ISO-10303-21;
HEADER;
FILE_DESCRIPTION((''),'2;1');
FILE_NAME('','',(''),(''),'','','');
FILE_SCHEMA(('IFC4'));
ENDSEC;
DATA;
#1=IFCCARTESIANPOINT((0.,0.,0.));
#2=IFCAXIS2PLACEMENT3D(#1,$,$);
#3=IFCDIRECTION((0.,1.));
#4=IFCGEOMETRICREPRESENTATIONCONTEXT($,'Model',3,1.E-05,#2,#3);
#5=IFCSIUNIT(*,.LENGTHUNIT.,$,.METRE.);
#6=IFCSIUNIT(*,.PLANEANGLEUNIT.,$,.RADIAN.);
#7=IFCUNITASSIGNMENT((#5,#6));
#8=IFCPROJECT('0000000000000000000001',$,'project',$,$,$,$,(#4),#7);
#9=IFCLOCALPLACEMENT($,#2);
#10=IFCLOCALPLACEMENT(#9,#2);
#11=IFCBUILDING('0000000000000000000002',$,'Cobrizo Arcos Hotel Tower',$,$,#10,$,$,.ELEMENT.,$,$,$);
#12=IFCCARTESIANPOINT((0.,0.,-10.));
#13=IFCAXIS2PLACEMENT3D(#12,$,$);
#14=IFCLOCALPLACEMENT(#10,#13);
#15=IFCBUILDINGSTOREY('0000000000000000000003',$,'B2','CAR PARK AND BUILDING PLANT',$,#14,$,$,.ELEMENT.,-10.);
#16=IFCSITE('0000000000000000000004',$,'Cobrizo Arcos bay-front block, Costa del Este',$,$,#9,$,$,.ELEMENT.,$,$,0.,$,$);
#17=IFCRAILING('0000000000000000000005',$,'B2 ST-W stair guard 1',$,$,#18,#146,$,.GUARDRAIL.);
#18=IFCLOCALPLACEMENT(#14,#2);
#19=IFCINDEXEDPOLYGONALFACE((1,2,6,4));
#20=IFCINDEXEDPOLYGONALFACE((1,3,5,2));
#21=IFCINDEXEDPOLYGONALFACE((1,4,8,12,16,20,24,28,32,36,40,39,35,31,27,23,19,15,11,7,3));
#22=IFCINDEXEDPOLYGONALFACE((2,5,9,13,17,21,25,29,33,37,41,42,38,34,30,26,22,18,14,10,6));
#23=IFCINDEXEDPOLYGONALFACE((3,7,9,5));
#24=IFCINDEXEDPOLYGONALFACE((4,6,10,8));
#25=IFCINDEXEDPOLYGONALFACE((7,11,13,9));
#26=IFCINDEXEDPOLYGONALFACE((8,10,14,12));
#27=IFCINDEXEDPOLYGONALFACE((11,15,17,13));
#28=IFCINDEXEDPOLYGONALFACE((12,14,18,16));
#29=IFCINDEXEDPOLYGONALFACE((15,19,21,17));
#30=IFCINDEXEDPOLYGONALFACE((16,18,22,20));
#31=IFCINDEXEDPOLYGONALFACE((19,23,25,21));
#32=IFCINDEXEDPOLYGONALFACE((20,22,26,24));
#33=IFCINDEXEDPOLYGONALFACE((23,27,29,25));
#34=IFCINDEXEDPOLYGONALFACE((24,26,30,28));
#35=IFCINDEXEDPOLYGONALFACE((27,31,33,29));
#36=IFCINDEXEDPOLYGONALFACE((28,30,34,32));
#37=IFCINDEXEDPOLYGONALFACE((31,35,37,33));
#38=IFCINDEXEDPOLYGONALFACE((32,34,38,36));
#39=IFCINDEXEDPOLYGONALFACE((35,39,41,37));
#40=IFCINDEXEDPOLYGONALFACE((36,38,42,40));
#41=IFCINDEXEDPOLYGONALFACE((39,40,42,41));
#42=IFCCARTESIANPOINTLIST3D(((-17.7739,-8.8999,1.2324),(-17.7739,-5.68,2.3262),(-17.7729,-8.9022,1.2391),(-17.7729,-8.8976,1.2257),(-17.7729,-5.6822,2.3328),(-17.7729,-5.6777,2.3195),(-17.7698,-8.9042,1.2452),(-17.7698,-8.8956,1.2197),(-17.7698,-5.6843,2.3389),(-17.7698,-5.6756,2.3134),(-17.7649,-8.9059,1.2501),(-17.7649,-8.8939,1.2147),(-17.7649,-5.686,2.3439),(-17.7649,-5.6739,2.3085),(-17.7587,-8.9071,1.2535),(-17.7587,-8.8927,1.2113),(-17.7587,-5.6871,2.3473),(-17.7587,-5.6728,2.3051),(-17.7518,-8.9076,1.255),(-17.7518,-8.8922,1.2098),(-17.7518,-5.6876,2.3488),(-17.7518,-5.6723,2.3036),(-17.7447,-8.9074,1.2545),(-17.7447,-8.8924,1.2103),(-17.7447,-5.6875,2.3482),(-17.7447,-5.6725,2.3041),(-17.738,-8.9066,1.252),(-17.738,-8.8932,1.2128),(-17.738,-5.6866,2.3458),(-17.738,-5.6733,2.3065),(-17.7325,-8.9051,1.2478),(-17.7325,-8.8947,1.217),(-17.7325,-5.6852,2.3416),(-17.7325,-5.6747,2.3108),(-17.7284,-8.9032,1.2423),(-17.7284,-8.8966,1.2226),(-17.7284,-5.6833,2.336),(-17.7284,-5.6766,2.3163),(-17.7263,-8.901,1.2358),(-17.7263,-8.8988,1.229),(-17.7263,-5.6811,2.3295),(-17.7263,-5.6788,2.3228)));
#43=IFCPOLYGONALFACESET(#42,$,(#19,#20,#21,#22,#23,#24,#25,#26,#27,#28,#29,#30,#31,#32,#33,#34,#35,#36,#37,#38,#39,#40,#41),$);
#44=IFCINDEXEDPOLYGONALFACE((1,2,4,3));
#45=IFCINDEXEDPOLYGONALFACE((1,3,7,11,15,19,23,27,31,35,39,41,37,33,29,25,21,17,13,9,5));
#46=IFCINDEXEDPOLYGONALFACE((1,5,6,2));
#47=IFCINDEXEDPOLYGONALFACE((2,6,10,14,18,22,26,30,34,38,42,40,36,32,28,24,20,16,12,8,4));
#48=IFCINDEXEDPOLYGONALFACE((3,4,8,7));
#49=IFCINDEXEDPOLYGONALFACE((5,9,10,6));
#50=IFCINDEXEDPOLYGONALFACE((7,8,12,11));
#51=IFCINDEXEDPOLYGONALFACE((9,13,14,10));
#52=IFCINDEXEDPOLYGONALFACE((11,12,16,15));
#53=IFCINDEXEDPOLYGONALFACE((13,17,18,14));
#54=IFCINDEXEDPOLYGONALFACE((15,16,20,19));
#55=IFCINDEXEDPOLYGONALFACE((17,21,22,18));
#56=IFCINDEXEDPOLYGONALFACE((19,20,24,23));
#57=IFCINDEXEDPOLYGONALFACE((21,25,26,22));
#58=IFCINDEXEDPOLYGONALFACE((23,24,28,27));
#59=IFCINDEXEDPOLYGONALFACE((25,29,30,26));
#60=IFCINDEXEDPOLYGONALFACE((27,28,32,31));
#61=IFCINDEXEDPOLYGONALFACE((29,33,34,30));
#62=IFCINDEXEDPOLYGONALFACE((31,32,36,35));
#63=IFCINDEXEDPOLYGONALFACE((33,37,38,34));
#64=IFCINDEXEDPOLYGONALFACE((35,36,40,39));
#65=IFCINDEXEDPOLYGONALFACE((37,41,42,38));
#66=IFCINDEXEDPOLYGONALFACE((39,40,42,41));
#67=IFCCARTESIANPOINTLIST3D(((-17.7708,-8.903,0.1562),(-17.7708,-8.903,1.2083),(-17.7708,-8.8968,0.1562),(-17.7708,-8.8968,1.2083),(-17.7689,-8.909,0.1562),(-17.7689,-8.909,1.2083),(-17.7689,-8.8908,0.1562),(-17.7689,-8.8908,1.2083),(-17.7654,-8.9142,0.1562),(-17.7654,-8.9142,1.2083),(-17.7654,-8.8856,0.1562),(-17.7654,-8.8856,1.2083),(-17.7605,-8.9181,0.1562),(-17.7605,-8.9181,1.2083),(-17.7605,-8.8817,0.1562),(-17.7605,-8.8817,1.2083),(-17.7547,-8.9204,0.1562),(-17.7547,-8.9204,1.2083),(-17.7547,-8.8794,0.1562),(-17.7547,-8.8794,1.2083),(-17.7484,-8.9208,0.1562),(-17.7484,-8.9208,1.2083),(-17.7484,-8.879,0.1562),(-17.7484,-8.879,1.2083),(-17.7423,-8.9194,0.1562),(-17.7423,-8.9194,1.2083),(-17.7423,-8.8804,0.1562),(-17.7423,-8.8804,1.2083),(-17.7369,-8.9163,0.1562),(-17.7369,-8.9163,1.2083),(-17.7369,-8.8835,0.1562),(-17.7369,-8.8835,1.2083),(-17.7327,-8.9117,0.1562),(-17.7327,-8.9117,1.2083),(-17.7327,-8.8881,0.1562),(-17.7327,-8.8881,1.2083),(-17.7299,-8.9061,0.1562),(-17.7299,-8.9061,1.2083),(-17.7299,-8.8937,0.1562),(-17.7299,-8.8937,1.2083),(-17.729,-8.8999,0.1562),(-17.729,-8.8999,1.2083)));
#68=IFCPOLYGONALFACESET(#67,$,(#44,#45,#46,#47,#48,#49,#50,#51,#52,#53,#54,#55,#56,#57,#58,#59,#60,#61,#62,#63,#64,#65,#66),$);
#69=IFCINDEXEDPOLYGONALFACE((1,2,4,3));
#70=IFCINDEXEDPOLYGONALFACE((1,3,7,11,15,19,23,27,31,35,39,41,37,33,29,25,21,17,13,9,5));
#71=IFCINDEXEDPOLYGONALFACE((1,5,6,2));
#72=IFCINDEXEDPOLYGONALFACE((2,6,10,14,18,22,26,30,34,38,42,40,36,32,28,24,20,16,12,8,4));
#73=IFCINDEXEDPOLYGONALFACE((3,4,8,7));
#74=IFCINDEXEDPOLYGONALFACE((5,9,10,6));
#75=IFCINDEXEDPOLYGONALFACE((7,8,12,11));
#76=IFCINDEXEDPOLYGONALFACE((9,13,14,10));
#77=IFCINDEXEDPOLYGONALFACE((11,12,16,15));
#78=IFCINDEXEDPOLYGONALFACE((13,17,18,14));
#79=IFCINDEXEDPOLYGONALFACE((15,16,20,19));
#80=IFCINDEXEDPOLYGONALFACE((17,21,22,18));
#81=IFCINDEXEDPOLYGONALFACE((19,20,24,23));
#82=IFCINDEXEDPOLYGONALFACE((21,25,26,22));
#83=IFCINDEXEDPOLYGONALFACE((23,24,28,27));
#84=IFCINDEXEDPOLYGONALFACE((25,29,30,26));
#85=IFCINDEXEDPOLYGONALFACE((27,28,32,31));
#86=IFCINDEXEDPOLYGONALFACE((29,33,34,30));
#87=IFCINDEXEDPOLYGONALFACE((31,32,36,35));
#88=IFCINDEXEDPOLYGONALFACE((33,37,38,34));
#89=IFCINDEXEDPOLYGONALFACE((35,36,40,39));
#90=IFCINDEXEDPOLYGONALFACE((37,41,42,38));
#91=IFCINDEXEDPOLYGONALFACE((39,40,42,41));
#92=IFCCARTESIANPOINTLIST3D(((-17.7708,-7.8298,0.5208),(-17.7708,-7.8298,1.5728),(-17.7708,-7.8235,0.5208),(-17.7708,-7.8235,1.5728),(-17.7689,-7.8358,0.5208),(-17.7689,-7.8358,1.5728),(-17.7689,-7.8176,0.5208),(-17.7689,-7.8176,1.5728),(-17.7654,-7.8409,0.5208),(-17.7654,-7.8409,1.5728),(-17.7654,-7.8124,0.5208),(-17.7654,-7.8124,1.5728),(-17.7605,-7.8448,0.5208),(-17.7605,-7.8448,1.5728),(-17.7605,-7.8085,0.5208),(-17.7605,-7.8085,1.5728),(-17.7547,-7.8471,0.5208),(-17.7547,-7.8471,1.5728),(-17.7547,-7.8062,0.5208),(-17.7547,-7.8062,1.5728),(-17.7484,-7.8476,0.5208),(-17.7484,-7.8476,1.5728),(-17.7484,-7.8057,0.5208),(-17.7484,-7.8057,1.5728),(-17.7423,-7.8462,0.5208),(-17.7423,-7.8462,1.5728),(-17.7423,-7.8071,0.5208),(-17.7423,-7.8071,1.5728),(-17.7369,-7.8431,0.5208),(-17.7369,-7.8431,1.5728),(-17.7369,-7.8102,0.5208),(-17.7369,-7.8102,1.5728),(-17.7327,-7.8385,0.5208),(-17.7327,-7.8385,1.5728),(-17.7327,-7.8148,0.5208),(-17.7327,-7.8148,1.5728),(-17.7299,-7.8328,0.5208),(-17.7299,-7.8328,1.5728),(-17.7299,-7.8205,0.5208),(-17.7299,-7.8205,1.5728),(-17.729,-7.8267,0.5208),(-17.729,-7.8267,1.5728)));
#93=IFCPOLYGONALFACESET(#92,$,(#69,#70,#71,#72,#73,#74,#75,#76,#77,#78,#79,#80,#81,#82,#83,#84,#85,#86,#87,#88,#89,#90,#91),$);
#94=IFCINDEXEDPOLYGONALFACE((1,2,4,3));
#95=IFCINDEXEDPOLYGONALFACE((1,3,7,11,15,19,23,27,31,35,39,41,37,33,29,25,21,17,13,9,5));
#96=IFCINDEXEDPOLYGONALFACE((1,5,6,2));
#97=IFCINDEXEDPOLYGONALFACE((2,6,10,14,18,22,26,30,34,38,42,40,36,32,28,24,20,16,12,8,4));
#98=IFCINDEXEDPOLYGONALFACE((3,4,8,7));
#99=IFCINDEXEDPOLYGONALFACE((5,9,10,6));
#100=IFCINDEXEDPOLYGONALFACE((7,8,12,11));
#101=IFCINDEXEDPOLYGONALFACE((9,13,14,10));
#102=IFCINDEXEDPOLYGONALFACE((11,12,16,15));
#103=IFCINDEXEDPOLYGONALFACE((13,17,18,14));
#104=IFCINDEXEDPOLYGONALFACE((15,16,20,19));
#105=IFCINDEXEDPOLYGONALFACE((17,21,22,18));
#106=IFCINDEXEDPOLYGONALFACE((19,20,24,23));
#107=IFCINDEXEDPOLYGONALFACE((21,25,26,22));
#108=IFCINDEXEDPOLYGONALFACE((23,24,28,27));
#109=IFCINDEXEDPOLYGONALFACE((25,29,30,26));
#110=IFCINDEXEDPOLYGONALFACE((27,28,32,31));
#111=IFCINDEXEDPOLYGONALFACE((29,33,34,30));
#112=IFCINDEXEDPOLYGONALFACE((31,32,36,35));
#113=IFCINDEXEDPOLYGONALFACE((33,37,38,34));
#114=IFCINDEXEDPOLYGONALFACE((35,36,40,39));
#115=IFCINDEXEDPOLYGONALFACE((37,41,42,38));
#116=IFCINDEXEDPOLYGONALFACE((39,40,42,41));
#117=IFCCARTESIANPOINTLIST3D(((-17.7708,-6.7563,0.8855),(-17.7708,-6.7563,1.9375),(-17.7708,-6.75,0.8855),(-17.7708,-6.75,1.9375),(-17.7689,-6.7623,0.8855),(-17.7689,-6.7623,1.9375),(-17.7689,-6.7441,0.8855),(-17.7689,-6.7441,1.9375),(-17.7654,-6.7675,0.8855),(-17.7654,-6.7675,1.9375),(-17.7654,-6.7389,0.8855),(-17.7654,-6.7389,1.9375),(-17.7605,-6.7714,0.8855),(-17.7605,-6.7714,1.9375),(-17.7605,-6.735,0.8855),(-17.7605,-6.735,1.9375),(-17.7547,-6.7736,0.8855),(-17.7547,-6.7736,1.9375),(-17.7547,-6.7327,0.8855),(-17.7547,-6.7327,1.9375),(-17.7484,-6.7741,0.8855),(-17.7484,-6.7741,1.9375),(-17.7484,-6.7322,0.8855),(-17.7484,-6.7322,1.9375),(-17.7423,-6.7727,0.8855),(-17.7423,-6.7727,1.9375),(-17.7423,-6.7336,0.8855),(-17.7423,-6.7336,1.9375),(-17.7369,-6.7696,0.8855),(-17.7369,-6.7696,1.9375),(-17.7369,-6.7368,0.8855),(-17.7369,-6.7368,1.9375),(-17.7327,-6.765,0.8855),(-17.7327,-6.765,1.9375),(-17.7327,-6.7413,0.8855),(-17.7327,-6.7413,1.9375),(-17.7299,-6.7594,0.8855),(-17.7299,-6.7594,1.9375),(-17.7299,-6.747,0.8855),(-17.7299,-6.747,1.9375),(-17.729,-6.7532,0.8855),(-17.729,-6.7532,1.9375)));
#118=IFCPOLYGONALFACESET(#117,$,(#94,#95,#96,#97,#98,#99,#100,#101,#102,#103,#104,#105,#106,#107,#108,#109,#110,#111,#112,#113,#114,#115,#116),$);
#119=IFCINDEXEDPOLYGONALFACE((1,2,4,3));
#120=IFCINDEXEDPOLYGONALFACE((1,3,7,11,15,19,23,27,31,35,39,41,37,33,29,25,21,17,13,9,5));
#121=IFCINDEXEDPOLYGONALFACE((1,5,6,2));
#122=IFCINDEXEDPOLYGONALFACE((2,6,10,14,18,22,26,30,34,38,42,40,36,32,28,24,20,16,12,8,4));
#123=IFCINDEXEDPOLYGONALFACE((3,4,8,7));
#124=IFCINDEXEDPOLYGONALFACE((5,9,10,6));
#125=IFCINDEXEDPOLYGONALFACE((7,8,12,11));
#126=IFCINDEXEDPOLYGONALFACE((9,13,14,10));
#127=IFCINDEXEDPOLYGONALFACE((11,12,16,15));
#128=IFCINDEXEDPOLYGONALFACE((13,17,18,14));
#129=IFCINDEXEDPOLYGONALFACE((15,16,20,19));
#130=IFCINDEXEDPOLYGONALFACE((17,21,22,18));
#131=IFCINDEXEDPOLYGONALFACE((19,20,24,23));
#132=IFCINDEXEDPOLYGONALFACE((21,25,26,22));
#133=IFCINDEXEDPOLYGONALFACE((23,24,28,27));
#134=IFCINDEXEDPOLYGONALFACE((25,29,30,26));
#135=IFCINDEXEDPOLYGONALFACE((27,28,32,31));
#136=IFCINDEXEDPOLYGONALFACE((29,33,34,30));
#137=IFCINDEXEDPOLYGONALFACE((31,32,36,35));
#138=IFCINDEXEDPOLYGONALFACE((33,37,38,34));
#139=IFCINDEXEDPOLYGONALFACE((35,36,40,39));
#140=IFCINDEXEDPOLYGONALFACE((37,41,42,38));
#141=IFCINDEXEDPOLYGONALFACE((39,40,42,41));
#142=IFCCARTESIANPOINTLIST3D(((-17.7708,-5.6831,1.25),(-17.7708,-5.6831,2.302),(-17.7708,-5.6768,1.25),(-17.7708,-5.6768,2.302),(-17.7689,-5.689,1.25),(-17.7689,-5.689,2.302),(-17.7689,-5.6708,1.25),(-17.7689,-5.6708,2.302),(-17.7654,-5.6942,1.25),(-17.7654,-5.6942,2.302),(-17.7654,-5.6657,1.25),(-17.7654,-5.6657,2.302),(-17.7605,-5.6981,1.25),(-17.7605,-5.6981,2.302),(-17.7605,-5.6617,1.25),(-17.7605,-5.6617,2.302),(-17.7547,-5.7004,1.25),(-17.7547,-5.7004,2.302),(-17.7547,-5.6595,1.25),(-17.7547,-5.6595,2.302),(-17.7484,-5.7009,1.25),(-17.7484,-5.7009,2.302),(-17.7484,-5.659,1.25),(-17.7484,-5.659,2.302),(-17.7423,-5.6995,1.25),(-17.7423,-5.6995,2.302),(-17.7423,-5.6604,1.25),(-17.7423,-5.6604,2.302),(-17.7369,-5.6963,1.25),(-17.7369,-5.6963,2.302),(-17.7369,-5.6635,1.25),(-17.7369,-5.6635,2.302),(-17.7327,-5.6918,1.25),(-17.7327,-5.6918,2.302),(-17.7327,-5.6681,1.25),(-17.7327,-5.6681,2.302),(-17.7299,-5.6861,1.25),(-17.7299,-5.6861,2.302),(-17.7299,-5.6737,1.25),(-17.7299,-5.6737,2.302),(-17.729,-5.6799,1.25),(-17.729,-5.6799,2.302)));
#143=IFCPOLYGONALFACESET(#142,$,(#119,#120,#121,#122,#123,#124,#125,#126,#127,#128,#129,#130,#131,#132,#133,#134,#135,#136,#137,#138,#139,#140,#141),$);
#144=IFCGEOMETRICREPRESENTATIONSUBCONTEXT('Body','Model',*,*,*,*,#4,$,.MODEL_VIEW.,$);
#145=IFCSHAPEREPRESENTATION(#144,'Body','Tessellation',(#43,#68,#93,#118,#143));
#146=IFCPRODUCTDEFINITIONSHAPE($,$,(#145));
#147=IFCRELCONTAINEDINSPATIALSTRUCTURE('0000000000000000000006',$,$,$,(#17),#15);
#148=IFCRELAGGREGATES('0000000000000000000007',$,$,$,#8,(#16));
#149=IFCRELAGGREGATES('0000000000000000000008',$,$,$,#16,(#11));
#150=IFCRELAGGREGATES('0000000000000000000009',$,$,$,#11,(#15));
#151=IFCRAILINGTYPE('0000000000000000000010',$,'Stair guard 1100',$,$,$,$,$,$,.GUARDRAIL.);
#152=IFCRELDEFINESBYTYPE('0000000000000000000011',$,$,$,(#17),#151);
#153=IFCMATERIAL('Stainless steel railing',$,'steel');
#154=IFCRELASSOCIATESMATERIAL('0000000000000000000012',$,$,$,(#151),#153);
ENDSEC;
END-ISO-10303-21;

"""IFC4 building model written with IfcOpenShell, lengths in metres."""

from ifc_helpers import new_model, si_unit, direction, frame, origin, origin_2d, place, context, subcontext, project, spatial, circle, extrude, material, type_object, element, save


model = new_model("IFC4")

# Units and contexts
model_context = context("Model", 3, precision=1e-05, world=origin(), true_north=direction((0.0, 1.0)))
body_context = subcontext(model_context, "Body", "Model", "MODEL_VIEW")
ifc_project = project(units=[si_unit("LENGTHUNIT", "METRE"), si_unit("PLANEANGLEUNIT", "RADIAN")], contexts=[model_context])

# Site, building, storey
site_placement = place(None, origin())
site = spatial("IfcSite", under=ifc_project, at=site_placement, Name="Cobrizo Arcos bay-front block, Costa del Este", CompositionType="ELEMENT", RefElevation=0.0)
building_placement = place(site_placement, origin())
building = spatial("IfcBuilding", under=site, at=building_placement, Name="Cobrizo Arcos Hotel Tower", CompositionType="ELEMENT")
storey_placement = place(building_placement, frame((0.0, 0.0, -10.0)))
storey = spatial("IfcBuildingStorey", under=building, at=storey_placement, Name="B2", Description="CAR PARK AND BUILDING PLANT", CompositionType="ELEMENT", Elevation=-10.0)

# Railing
ifc_material_1 = material(Name="Stainless steel railing", Category="steel")
railing_type_1 = type_object("IfcRailingType", Name="Stair guard 1100", PredefinedType="GUARDRAIL", material=ifc_material_1)
railing_1_placement = place(storey_placement, frame((-17.75, -8.8999, 0.1562)))
element("IfcRailing", 1, at=railing_1_placement, inside=storey, type_object=railing_type_1, Name="B2 ST-W stair guard 1", PredefinedType="GUARDRAIL", context=body_context, shape_type="SweptSolid", body=[
    extrude(circle(Radius=0.0239, at=origin_2d()), frame((0.0, 0.0, 1.0762), z_axis=(0.0, 0.946866, 0.321629), x_axis=(-1.0, 0.0, 0.0)), (0.0, 0.0, 1.0), 3.4006),
    extrude(circle(Radius=0.021, at=origin_2d()), origin(), (0.0, 0.0, 1.0), 1.052),
    extrude(circle(Radius=0.021, at=origin_2d()), frame((0.0, 1.0732, 0.3645)), (0.0, 0.0, 1.0), 1.052),
    extrude(circle(Radius=0.021, at=origin_2d()), frame((0.0, 2.1467, 0.7292)), (0.0, 0.0, 1.0), 1.052),
    extrude(circle(Radius=0.021, at=origin_2d()), frame((0.0, 3.22, 1.0938)), (0.0, 0.0, 1.0), 1.052),
])

save(model, "model.ifc")
